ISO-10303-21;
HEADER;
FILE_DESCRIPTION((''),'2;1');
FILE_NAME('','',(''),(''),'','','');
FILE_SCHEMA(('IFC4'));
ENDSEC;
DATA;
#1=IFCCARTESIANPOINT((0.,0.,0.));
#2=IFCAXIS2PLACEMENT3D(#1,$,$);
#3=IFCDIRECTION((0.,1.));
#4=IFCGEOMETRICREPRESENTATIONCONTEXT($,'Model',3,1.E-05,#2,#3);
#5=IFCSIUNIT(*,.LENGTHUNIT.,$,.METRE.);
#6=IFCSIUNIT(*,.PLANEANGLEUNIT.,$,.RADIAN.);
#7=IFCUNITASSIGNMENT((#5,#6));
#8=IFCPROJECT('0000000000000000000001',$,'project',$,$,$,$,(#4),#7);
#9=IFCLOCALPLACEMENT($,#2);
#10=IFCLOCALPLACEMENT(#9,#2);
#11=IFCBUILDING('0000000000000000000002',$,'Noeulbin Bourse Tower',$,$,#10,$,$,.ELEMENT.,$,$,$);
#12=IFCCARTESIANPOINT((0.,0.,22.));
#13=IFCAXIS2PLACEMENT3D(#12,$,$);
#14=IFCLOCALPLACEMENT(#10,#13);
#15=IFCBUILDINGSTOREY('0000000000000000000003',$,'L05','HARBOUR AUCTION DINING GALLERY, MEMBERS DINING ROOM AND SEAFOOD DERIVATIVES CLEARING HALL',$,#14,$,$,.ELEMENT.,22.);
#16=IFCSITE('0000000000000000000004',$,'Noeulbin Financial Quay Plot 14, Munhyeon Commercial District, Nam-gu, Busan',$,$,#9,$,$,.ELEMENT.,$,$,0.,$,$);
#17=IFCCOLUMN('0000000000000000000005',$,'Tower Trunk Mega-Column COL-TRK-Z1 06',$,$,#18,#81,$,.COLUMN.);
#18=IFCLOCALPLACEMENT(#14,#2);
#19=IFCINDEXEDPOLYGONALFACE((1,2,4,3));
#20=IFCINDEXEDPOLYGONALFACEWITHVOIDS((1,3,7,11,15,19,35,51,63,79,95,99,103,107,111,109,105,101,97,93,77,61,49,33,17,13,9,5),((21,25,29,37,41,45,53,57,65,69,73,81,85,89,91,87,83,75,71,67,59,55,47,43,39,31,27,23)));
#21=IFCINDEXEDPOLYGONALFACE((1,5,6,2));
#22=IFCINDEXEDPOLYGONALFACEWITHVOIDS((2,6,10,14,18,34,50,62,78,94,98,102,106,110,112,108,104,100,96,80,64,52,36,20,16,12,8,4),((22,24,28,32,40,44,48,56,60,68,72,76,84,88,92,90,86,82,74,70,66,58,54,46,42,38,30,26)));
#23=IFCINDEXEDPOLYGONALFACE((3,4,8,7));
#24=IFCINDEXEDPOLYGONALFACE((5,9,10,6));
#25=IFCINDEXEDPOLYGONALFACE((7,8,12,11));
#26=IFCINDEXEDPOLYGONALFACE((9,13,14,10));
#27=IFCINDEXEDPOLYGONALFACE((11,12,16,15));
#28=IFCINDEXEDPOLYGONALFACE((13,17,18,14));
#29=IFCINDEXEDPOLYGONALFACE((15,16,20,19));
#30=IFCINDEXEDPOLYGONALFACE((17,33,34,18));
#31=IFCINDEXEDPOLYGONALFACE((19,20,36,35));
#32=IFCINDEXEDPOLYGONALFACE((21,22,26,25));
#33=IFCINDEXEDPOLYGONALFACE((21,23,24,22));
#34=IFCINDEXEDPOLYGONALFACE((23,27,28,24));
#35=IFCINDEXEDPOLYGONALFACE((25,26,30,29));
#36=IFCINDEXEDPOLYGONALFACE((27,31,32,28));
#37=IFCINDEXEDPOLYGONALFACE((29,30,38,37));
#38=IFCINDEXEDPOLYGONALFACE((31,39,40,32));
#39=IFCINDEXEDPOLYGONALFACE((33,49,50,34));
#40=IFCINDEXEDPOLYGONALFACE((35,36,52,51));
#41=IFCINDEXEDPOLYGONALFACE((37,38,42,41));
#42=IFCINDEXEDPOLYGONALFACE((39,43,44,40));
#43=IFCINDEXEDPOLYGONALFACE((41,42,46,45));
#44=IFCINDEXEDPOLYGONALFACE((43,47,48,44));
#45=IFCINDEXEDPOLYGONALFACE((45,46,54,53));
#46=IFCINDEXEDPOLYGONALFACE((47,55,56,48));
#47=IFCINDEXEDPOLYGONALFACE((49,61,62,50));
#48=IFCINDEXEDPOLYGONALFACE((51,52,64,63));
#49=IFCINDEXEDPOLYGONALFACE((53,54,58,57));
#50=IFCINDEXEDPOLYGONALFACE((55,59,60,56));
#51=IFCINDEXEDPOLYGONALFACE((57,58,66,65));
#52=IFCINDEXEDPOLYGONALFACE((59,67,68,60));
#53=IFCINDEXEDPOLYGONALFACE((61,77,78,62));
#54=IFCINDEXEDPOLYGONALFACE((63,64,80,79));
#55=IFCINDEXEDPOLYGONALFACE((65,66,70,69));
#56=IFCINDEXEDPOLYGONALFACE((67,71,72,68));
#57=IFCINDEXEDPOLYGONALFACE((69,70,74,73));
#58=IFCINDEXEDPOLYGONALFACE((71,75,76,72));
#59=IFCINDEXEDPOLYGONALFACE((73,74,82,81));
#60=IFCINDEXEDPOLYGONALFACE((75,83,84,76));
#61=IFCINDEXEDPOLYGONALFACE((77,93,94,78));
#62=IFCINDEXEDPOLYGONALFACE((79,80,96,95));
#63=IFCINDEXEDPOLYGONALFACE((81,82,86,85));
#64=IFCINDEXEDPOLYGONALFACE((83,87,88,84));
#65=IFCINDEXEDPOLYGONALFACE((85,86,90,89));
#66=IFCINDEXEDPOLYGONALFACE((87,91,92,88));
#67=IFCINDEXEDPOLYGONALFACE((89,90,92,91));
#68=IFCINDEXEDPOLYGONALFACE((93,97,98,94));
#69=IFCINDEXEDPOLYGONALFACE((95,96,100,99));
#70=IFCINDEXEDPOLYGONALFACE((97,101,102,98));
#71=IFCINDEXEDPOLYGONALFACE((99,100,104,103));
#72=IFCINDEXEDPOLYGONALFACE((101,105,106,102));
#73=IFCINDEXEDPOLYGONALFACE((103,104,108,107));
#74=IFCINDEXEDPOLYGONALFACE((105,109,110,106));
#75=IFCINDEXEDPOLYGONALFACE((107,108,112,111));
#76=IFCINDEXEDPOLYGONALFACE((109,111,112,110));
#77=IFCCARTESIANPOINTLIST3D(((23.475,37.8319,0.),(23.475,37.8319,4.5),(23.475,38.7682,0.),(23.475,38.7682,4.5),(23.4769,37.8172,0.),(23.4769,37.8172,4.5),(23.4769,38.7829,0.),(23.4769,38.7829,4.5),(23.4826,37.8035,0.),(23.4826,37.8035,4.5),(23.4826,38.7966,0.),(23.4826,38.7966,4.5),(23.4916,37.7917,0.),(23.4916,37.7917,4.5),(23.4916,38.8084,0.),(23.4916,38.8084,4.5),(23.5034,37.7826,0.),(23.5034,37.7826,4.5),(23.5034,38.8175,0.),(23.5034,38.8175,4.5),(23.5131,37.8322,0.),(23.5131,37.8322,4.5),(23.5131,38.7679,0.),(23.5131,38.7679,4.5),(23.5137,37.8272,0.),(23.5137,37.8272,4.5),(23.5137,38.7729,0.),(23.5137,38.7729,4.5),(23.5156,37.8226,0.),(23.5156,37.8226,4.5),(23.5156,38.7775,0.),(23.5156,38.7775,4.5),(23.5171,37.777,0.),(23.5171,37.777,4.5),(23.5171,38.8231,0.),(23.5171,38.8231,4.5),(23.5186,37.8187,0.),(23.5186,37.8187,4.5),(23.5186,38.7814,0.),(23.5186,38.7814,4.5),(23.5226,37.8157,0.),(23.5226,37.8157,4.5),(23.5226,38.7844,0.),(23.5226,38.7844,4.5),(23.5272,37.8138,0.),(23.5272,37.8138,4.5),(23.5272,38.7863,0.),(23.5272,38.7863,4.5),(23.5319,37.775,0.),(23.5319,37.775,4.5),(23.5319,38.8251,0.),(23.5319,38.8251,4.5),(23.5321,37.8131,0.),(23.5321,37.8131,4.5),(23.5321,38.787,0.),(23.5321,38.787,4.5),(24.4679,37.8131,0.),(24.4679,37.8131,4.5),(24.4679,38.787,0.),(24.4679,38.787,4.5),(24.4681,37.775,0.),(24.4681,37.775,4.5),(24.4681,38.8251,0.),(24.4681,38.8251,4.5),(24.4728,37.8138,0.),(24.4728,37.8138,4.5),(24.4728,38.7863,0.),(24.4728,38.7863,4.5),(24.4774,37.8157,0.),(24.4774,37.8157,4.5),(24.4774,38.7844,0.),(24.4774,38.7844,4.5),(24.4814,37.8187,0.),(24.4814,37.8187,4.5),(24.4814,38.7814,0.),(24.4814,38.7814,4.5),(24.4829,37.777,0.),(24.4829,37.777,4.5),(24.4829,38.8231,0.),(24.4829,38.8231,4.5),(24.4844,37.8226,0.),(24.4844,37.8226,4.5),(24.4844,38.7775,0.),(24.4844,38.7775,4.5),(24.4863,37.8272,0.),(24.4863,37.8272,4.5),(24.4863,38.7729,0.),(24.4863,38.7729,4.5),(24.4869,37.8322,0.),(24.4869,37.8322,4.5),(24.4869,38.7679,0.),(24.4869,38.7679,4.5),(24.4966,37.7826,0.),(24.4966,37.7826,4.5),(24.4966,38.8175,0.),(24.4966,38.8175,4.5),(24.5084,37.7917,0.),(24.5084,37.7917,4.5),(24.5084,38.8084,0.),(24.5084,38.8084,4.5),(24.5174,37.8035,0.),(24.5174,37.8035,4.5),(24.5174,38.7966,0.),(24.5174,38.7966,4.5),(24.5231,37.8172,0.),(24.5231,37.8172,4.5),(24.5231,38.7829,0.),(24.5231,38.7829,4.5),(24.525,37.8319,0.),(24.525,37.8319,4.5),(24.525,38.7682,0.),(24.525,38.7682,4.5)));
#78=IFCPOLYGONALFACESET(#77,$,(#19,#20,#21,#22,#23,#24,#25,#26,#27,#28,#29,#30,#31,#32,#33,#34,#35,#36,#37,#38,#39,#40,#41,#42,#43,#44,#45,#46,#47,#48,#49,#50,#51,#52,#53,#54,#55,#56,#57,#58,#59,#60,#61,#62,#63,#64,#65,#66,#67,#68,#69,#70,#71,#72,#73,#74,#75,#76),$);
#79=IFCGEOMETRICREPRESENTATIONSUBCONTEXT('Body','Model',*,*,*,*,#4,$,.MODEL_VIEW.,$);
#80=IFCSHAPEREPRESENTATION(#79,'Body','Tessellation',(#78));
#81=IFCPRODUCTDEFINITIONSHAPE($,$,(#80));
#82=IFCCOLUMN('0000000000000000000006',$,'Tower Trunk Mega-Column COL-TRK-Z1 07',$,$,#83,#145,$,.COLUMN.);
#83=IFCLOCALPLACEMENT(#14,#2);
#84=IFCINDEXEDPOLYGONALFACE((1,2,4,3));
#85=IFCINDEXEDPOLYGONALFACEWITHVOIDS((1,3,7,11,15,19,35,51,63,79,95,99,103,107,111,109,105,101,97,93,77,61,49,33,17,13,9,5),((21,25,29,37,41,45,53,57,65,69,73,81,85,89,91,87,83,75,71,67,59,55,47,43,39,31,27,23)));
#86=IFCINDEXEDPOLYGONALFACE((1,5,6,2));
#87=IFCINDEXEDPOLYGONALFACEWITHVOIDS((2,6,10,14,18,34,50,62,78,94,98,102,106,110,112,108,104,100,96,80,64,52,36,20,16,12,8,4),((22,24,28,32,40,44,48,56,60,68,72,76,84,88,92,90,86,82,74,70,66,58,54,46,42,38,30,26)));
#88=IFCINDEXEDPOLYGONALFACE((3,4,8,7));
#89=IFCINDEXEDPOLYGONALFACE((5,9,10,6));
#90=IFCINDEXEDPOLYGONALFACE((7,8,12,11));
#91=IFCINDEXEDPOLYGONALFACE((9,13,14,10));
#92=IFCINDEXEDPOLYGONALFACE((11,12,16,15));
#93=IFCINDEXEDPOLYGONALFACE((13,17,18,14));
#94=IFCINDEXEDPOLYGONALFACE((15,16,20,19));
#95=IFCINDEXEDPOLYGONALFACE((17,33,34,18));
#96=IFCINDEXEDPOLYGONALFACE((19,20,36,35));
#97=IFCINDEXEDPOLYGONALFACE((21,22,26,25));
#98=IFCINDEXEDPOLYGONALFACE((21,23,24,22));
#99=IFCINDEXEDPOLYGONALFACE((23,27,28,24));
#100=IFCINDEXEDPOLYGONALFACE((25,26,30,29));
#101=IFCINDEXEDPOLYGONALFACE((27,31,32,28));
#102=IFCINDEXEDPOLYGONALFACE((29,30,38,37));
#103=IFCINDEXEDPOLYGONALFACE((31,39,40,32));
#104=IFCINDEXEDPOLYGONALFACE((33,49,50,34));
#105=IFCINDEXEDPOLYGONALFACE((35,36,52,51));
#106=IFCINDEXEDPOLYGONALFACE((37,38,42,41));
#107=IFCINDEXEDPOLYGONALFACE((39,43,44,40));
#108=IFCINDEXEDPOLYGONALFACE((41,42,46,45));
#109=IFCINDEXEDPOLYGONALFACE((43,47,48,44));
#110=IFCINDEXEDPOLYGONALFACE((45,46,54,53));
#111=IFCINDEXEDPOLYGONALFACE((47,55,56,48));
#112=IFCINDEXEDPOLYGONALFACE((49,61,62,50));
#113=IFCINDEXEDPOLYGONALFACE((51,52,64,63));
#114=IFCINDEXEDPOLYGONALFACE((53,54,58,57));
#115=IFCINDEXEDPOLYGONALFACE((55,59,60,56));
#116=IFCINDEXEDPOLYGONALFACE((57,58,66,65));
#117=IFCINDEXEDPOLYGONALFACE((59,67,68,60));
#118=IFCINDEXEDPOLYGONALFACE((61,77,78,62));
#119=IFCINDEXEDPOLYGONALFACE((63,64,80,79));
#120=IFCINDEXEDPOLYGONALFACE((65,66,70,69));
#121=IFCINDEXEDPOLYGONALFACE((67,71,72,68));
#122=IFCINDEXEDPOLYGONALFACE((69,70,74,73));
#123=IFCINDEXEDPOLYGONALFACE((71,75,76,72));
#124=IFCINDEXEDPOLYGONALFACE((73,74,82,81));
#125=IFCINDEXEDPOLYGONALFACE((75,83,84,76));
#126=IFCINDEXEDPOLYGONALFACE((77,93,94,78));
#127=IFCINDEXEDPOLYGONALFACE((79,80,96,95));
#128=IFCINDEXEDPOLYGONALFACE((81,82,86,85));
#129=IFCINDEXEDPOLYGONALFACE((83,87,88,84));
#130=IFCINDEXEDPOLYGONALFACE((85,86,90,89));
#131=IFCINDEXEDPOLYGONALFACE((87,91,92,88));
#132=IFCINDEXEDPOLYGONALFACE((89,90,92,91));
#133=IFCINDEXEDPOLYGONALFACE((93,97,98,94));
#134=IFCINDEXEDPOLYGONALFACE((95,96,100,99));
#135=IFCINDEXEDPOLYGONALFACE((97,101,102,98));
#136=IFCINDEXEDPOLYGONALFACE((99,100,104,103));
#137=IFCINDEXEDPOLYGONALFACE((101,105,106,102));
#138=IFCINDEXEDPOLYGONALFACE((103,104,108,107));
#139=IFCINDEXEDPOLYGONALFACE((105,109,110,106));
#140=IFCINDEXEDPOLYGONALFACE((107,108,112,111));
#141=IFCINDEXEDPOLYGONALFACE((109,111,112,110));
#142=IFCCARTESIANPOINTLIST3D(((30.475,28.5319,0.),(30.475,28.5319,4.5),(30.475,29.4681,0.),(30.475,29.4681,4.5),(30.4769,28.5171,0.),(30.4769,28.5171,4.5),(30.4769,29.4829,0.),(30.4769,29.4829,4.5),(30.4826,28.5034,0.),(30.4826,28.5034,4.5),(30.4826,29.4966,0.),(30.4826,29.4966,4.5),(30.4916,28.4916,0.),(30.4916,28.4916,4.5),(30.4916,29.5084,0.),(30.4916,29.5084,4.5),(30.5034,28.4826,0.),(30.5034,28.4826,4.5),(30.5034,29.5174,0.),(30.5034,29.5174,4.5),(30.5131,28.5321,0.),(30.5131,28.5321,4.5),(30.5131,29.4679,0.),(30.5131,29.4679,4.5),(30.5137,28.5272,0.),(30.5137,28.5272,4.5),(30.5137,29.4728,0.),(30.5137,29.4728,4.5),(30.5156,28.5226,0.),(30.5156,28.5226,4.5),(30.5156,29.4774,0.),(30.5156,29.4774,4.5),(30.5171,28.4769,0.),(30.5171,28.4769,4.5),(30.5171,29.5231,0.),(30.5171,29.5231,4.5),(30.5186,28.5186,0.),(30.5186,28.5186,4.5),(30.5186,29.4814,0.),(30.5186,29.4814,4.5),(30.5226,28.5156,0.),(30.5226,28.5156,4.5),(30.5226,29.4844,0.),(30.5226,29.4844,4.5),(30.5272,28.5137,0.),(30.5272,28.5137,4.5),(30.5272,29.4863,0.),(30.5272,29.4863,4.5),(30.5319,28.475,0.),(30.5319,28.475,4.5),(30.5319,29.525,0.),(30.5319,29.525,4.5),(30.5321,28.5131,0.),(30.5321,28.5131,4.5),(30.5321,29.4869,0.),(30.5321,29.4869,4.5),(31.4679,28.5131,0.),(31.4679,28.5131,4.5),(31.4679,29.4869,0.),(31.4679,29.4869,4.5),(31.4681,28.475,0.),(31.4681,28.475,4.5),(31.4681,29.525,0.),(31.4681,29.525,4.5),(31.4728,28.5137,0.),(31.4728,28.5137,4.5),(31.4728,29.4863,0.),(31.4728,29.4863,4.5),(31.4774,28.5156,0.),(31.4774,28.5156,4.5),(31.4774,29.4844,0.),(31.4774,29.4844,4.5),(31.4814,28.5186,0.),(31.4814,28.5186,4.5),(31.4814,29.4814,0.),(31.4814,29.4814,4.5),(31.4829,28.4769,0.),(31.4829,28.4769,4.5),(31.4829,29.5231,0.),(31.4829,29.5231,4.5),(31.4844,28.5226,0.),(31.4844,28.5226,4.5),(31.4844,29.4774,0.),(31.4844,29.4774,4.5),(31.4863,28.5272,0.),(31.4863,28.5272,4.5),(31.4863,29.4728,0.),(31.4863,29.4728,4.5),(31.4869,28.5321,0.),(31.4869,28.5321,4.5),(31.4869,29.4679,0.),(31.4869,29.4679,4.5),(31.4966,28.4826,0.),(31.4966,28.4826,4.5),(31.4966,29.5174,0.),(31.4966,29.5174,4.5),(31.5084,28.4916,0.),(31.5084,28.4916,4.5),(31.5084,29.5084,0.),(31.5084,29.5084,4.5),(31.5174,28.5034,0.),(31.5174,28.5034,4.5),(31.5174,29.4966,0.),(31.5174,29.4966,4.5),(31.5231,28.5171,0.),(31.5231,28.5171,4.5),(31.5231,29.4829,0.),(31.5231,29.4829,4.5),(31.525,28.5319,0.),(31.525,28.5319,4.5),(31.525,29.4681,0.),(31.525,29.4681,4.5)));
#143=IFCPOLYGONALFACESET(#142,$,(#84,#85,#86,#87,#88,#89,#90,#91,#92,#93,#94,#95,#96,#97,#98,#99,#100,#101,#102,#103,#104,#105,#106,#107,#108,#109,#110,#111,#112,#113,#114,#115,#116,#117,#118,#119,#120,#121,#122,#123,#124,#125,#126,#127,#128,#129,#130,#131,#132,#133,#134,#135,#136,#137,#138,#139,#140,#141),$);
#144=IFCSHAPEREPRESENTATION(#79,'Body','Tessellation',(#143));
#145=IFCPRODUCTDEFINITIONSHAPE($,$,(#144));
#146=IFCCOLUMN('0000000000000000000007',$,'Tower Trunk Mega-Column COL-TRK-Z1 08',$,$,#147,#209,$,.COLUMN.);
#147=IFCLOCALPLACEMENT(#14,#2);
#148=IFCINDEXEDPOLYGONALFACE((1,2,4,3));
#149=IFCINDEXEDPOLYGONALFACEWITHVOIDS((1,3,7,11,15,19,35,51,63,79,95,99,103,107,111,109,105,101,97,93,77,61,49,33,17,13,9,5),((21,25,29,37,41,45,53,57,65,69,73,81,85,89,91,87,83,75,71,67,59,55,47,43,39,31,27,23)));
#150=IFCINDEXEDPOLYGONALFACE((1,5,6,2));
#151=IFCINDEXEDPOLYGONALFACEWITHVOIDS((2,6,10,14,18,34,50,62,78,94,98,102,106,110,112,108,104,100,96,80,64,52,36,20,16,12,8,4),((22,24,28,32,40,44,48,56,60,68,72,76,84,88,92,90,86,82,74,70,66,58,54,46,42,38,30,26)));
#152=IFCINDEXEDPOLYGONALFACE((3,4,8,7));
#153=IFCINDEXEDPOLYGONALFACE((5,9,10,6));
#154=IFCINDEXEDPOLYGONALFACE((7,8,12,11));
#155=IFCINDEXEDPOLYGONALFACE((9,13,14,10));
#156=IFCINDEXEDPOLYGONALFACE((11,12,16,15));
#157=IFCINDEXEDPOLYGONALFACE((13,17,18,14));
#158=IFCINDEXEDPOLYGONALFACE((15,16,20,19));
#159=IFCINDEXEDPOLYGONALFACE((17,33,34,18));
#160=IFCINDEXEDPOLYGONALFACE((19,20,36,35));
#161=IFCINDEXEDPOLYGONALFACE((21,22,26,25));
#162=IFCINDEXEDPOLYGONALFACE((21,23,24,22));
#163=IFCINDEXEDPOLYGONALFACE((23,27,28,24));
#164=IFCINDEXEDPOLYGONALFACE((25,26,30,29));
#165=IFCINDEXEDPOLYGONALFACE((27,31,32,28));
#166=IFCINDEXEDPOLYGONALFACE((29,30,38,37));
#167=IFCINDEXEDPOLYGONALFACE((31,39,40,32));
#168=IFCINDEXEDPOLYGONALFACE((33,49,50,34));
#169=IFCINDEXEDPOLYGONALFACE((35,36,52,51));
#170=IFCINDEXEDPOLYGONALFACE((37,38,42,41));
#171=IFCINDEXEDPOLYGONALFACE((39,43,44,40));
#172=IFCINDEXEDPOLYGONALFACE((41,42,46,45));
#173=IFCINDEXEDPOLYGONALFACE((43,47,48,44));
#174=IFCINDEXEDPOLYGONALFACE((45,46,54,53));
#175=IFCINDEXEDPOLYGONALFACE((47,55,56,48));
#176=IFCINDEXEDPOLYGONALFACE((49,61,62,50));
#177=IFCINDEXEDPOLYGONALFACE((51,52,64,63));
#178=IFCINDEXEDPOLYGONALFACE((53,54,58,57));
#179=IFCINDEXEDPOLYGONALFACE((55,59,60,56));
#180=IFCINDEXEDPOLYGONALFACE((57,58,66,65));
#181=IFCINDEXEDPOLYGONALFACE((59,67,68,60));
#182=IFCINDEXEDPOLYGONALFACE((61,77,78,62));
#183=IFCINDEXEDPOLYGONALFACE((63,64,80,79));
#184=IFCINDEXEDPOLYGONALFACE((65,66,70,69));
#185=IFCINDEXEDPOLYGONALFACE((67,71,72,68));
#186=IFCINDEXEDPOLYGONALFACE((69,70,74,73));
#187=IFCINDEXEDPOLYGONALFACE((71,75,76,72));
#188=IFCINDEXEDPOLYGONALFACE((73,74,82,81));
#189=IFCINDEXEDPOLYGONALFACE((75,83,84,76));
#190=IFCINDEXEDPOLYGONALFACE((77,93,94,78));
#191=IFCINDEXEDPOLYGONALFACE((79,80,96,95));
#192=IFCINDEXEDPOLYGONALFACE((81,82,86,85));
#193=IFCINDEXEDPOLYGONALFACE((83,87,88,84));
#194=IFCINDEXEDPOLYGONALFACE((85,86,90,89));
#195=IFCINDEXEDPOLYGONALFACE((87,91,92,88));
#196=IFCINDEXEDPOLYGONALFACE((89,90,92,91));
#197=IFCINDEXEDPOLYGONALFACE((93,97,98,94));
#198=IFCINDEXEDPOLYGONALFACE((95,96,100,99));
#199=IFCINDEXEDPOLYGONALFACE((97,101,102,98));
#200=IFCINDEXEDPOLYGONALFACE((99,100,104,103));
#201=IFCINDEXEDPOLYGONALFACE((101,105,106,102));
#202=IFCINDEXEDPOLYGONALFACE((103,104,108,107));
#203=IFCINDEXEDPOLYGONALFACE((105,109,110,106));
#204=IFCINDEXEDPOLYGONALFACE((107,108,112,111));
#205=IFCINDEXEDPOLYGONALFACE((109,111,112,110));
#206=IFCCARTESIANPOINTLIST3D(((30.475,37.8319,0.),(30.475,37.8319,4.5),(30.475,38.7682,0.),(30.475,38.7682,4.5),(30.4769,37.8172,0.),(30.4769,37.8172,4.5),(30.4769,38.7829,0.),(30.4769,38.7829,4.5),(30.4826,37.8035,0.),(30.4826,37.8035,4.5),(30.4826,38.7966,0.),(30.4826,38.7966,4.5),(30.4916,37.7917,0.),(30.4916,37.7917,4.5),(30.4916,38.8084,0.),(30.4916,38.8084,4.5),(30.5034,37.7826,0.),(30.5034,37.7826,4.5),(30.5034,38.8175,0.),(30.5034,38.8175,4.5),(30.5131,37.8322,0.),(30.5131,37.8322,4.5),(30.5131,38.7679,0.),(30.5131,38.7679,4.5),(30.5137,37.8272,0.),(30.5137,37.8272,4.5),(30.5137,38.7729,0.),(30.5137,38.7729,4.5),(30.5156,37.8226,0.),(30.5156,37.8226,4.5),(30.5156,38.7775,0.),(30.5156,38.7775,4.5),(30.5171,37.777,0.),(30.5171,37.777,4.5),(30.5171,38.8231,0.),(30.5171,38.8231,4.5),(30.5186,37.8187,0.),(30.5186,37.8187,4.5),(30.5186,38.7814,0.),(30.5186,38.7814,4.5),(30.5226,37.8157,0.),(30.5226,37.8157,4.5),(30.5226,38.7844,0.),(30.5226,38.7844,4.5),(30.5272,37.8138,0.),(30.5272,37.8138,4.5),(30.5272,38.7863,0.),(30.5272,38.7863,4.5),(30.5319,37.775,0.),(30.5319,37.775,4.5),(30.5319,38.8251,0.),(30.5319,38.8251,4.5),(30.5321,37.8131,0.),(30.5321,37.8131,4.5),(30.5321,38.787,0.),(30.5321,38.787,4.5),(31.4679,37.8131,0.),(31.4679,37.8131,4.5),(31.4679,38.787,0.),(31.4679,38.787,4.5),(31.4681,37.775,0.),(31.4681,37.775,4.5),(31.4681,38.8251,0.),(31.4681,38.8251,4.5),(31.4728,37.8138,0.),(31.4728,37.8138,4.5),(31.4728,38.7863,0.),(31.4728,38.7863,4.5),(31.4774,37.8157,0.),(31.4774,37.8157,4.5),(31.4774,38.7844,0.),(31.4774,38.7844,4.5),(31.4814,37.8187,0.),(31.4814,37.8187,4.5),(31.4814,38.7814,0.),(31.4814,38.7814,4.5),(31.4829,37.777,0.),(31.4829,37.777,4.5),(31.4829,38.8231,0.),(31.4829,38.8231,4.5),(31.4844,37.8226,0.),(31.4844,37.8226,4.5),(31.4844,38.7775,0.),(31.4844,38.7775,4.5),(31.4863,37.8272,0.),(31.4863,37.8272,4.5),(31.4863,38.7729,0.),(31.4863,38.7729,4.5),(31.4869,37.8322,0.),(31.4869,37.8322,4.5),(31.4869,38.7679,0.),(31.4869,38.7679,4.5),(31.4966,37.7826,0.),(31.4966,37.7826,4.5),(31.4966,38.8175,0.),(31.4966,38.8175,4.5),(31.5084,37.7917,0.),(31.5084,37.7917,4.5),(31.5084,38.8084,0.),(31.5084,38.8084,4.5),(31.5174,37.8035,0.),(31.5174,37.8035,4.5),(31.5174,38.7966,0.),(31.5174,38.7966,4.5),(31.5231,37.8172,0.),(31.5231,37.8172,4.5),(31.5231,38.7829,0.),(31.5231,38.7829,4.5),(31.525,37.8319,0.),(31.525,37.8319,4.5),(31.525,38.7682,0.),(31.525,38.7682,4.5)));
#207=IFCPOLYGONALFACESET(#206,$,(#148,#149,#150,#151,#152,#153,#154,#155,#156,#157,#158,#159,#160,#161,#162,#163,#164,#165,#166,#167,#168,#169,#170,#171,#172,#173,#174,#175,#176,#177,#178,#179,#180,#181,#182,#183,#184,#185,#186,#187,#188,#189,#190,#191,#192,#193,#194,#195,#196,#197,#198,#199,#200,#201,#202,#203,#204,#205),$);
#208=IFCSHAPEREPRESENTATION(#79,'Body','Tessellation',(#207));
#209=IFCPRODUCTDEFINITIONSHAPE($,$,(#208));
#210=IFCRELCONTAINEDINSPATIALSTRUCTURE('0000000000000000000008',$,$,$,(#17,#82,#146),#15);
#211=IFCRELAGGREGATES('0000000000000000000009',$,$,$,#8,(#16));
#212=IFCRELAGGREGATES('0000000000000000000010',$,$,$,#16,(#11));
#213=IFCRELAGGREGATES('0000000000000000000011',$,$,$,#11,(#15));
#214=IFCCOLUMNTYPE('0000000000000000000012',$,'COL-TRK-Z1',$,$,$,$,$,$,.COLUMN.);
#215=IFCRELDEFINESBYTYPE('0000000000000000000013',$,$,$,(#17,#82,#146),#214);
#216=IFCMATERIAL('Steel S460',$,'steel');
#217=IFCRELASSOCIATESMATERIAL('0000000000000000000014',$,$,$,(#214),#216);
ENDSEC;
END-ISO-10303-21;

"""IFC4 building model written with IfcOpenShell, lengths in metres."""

from ifc_helpers import new_model, si_unit, direction, frame, origin, origin_2d, place, context, subcontext, project, spatial, hollow_rectangle, extrude, material, material_profile, profile_set, type_object, element, save


model = new_model("IFC4")

# Units and contexts
model_context = context("Model", 3, precision=1e-05, world=origin(), true_north=direction((0.0, 1.0)))
body_context = subcontext(model_context, "Body", "Model", "MODEL_VIEW")
ifc_project = project(units=[si_unit("LENGTHUNIT", "METRE"), si_unit("PLANEANGLEUNIT", "RADIAN")], contexts=[model_context])

# Site, building, storey
site_placement = place(None, origin())
site = spatial("IfcSite", under=ifc_project, at=site_placement, Name="Noeulbin Financial Quay Plot 14, Munhyeon Commercial District, Nam-gu, Busan", CompositionType="ELEMENT", RefElevation=0.0)
building_placement = place(site_placement, origin())
building = spatial("IfcBuilding", under=site, at=building_placement, Name="Noeulbin Bourse Tower", CompositionType="ELEMENT")
storey_placement = place(building_placement, frame((0.0, 0.0, 22.0)))
storey = spatial("IfcBuildingStorey", under=building, at=storey_placement, Name="L05", Description="HARBOUR AUCTION DINING GALLERY, MEMBERS DINING ROOM AND SEAFOOD DERIVATIVES CLEARING HALL", CompositionType="ELEMENT", Elevation=22.0)

# Columns
ifc_material_1 = material(Name="Steel S460", Category="steel")
ifc_material_profile_1 = material_profile(ifc_material_1, hollow_rectangle(XDim=1.05, YDim=1.05, WallThickness=0.0381, InnerFilletRadius=0.019, OuterFilletRadius=0.0569, at=origin_2d()), Name="BOX-1050x1050x38", Category="LoadBearing")
ifc_profile_set_1 = profile_set([ifc_material_profile_1], Name="Steel S460")
column_type = type_object("IfcColumnType", Name="COL-TRK-Z1", PredefinedType="COLUMN", material=ifc_profile_set_1)
for number, where, z_axis, x_axis, name in (
    (1, (24.0, 38.3, 0.0), (0.0, 0.0, 1.0), (1.0, 0.0, 0.0), "Tower Trunk Mega-Column COL-TRK-Z1 06"),
    (2, (31.0, 29.0, 0.0), (0.0, 0.0, 1.0), (1.0, 0.0, 0.0), "Tower Trunk Mega-Column COL-TRK-Z1 07"),
    (3, (31.0, 38.3, 0.0), (0.0, 0.0, 1.0), (1.0, 0.0, 0.0), "Tower Trunk Mega-Column COL-TRK-Z1 08"),
):
    element("IfcColumn", number, at=place(storey_placement, frame(where, z_axis=z_axis, x_axis=x_axis)), inside=storey, type_object=column_type, Name=name, PredefinedType="COLUMN", context=body_context, shape_type="SweptSolid", body=[
        extrude(hollow_rectangle(XDim=1.05, YDim=1.05, WallThickness=0.0381, InnerFilletRadius=0.019, OuterFilletRadius=0.0569, at=origin_2d()), origin(), (0.0, 0.0, 1.0), 4.5),
    ])

save(model, "model.ifc")
